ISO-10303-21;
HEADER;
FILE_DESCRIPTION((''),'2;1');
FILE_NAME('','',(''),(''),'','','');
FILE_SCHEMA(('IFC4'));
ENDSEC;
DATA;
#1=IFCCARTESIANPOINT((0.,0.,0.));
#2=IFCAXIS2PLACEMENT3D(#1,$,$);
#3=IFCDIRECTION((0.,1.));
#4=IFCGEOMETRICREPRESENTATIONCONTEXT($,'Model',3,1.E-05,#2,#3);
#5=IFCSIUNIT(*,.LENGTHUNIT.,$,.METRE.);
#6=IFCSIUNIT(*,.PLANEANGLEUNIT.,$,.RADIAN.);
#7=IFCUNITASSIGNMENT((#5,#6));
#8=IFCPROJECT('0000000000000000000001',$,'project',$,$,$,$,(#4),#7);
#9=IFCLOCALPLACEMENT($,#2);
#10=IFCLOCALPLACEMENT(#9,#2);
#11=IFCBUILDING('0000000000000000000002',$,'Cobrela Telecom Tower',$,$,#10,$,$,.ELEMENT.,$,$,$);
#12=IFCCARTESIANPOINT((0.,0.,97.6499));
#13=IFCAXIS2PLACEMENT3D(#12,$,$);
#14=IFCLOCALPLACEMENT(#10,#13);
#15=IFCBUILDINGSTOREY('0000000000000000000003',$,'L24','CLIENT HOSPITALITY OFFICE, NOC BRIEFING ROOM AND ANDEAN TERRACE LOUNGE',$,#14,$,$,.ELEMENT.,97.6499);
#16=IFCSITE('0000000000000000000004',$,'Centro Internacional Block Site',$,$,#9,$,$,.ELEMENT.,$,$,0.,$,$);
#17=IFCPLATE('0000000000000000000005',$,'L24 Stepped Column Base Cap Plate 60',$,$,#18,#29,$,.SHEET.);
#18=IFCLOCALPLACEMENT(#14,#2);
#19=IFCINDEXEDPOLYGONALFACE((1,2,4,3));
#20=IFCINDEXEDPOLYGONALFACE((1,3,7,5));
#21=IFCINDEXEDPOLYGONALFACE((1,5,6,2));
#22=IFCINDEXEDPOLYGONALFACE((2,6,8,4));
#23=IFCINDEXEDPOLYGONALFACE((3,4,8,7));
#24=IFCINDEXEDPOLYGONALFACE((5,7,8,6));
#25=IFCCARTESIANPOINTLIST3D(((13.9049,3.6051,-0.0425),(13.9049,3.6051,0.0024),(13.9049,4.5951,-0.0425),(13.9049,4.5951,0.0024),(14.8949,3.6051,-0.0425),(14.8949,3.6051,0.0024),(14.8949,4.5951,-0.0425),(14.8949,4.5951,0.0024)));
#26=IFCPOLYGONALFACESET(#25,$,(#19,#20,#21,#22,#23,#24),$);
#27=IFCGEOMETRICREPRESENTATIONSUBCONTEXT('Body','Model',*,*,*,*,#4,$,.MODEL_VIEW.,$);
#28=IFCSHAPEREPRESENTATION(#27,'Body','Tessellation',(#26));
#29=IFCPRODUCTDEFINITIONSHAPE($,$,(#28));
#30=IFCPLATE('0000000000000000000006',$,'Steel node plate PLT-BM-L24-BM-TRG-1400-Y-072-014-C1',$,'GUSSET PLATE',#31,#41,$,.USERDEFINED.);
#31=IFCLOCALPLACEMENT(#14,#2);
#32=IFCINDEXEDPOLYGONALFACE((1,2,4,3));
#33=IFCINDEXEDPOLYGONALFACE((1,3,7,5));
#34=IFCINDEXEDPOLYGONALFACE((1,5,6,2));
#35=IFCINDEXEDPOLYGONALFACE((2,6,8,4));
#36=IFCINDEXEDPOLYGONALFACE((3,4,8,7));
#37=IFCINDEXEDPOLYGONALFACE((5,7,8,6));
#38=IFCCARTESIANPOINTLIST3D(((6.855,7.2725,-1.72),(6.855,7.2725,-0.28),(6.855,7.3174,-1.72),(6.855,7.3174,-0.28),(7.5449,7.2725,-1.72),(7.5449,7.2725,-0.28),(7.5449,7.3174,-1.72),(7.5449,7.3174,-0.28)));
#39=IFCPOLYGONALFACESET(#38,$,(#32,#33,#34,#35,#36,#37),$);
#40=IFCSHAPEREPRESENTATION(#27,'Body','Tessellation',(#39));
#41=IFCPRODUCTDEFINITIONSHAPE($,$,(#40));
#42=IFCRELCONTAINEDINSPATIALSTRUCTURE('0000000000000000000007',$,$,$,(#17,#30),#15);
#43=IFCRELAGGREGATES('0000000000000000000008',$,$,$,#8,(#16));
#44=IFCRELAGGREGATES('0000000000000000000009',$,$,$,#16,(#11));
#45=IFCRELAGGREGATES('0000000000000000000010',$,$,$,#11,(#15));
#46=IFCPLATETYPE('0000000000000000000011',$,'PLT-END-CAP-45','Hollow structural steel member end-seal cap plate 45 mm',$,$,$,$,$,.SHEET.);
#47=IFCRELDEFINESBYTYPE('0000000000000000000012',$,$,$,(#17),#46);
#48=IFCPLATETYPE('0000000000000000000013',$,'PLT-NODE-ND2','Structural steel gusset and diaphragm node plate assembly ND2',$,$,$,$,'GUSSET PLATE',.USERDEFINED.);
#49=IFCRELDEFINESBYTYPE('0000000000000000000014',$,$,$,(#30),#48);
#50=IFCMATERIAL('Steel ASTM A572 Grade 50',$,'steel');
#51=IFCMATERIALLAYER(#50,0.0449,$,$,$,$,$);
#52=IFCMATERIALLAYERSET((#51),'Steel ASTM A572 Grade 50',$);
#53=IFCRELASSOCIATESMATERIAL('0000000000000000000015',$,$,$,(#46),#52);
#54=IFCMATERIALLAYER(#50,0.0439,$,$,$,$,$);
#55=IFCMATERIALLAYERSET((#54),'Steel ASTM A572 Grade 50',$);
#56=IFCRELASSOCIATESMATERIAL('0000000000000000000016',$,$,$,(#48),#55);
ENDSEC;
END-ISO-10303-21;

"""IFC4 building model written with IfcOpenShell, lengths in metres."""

from ifc_helpers import new_model, si_unit, direction, frame, origin, origin_2d, place, context, subcontext, project, spatial, rectangle, extrude, material, layer, layer_set, type_object, element, save


model = new_model("IFC4")

# Units and contexts
model_context = context("Model", 3, precision=1e-05, world=origin(), true_north=direction((0.0, 1.0)))
body_context = subcontext(model_context, "Body", "Model", "MODEL_VIEW")
ifc_project = project(units=[si_unit("LENGTHUNIT", "METRE"), si_unit("PLANEANGLEUNIT", "RADIAN")], contexts=[model_context])

# Site, building, storey
site_placement = place(None, origin())
site = spatial("IfcSite", under=ifc_project, at=site_placement, Name="Centro Internacional Block Site", CompositionType="ELEMENT", RefElevation=0.0)
building_placement = place(site_placement, origin())
building = spatial("IfcBuilding", under=site, at=building_placement, Name="Cobrela Telecom Tower", CompositionType="ELEMENT")
storey_placement = place(building_placement, frame((0.0, 0.0, 97.6499)))
storey = spatial("IfcBuildingStorey", under=building, at=storey_placement, Name="L24", Description="CLIENT HOSPITALITY OFFICE, NOC BRIEFING ROOM AND ANDEAN TERRACE LOUNGE", CompositionType="ELEMENT", Elevation=97.6499)

# Shared definitions
ifc_material_1 = material(Name="Steel ASTM A572 Grade 50", Category="steel")

# Plates
ifc_layer_1 = layer(ifc_material_1, 0.0449)
ifc_layer_set_1 = layer_set([ifc_layer_1], Name="Steel ASTM A572 Grade 50")
plate_type_1 = type_object("IfcPlateType", Name="PLT-END-CAP-45", Description="Hollow structural steel member end-seal cap plate 45 mm", PredefinedType="SHEET", material=ifc_layer_set_1)
for number, where, z_axis, x_axis, name in (
    (1, (14.3999, 4.1001, -0.0425), (0.0, 0.0, 1.0), (1.0, 0.0, 0.0), "L24 Stepped Column Base Cap Plate 60"),
):
    element("IfcPlate", number, at=place(storey_placement, frame(where, z_axis=z_axis, x_axis=x_axis)), inside=storey, type_object=plate_type_1, Name=name, PredefinedType="SHEET", context=body_context, shape_type="SweptSolid", body=[
        extrude(rectangle(XDim=0.99, YDim=0.99, at=origin_2d()), origin(), (0.0, 0.0, 1.0), 0.0449),
    ])
ifc_layer_2 = layer(ifc_material_1, 0.0439)
ifc_layer_set_2 = layer_set([ifc_layer_2], Name="Steel ASTM A572 Grade 50")
plate_type_2 = type_object("IfcPlateType", Name="PLT-NODE-ND2", Description="Structural steel gusset and diaphragm node plate assembly ND2", ElementType="GUSSET PLATE", PredefinedType="USERDEFINED", material=ifc_layer_set_2)
plate_1_placement = place(storey_placement, frame((7.2, 7.2949, -1.72), z_axis=(0.0, 0.0, 1.0), x_axis=(0.0, 1.0, 0.0)))
element("IfcPlate", 2, at=plate_1_placement, inside=storey, type_object=plate_type_2, Name="Steel node plate PLT-BM-L24-BM-TRG-1400-Y-072-014-C1", ObjectType="GUSSET PLATE", PredefinedType="USERDEFINED", context=body_context, shape_type="SweptSolid", body=[
    extrude(rectangle(XDim=0.0449, YDim=0.6899, at=origin_2d()), origin(), (0.0, 0.0, 1.0), 1.4399),
])

save(model, "model.ifc")
